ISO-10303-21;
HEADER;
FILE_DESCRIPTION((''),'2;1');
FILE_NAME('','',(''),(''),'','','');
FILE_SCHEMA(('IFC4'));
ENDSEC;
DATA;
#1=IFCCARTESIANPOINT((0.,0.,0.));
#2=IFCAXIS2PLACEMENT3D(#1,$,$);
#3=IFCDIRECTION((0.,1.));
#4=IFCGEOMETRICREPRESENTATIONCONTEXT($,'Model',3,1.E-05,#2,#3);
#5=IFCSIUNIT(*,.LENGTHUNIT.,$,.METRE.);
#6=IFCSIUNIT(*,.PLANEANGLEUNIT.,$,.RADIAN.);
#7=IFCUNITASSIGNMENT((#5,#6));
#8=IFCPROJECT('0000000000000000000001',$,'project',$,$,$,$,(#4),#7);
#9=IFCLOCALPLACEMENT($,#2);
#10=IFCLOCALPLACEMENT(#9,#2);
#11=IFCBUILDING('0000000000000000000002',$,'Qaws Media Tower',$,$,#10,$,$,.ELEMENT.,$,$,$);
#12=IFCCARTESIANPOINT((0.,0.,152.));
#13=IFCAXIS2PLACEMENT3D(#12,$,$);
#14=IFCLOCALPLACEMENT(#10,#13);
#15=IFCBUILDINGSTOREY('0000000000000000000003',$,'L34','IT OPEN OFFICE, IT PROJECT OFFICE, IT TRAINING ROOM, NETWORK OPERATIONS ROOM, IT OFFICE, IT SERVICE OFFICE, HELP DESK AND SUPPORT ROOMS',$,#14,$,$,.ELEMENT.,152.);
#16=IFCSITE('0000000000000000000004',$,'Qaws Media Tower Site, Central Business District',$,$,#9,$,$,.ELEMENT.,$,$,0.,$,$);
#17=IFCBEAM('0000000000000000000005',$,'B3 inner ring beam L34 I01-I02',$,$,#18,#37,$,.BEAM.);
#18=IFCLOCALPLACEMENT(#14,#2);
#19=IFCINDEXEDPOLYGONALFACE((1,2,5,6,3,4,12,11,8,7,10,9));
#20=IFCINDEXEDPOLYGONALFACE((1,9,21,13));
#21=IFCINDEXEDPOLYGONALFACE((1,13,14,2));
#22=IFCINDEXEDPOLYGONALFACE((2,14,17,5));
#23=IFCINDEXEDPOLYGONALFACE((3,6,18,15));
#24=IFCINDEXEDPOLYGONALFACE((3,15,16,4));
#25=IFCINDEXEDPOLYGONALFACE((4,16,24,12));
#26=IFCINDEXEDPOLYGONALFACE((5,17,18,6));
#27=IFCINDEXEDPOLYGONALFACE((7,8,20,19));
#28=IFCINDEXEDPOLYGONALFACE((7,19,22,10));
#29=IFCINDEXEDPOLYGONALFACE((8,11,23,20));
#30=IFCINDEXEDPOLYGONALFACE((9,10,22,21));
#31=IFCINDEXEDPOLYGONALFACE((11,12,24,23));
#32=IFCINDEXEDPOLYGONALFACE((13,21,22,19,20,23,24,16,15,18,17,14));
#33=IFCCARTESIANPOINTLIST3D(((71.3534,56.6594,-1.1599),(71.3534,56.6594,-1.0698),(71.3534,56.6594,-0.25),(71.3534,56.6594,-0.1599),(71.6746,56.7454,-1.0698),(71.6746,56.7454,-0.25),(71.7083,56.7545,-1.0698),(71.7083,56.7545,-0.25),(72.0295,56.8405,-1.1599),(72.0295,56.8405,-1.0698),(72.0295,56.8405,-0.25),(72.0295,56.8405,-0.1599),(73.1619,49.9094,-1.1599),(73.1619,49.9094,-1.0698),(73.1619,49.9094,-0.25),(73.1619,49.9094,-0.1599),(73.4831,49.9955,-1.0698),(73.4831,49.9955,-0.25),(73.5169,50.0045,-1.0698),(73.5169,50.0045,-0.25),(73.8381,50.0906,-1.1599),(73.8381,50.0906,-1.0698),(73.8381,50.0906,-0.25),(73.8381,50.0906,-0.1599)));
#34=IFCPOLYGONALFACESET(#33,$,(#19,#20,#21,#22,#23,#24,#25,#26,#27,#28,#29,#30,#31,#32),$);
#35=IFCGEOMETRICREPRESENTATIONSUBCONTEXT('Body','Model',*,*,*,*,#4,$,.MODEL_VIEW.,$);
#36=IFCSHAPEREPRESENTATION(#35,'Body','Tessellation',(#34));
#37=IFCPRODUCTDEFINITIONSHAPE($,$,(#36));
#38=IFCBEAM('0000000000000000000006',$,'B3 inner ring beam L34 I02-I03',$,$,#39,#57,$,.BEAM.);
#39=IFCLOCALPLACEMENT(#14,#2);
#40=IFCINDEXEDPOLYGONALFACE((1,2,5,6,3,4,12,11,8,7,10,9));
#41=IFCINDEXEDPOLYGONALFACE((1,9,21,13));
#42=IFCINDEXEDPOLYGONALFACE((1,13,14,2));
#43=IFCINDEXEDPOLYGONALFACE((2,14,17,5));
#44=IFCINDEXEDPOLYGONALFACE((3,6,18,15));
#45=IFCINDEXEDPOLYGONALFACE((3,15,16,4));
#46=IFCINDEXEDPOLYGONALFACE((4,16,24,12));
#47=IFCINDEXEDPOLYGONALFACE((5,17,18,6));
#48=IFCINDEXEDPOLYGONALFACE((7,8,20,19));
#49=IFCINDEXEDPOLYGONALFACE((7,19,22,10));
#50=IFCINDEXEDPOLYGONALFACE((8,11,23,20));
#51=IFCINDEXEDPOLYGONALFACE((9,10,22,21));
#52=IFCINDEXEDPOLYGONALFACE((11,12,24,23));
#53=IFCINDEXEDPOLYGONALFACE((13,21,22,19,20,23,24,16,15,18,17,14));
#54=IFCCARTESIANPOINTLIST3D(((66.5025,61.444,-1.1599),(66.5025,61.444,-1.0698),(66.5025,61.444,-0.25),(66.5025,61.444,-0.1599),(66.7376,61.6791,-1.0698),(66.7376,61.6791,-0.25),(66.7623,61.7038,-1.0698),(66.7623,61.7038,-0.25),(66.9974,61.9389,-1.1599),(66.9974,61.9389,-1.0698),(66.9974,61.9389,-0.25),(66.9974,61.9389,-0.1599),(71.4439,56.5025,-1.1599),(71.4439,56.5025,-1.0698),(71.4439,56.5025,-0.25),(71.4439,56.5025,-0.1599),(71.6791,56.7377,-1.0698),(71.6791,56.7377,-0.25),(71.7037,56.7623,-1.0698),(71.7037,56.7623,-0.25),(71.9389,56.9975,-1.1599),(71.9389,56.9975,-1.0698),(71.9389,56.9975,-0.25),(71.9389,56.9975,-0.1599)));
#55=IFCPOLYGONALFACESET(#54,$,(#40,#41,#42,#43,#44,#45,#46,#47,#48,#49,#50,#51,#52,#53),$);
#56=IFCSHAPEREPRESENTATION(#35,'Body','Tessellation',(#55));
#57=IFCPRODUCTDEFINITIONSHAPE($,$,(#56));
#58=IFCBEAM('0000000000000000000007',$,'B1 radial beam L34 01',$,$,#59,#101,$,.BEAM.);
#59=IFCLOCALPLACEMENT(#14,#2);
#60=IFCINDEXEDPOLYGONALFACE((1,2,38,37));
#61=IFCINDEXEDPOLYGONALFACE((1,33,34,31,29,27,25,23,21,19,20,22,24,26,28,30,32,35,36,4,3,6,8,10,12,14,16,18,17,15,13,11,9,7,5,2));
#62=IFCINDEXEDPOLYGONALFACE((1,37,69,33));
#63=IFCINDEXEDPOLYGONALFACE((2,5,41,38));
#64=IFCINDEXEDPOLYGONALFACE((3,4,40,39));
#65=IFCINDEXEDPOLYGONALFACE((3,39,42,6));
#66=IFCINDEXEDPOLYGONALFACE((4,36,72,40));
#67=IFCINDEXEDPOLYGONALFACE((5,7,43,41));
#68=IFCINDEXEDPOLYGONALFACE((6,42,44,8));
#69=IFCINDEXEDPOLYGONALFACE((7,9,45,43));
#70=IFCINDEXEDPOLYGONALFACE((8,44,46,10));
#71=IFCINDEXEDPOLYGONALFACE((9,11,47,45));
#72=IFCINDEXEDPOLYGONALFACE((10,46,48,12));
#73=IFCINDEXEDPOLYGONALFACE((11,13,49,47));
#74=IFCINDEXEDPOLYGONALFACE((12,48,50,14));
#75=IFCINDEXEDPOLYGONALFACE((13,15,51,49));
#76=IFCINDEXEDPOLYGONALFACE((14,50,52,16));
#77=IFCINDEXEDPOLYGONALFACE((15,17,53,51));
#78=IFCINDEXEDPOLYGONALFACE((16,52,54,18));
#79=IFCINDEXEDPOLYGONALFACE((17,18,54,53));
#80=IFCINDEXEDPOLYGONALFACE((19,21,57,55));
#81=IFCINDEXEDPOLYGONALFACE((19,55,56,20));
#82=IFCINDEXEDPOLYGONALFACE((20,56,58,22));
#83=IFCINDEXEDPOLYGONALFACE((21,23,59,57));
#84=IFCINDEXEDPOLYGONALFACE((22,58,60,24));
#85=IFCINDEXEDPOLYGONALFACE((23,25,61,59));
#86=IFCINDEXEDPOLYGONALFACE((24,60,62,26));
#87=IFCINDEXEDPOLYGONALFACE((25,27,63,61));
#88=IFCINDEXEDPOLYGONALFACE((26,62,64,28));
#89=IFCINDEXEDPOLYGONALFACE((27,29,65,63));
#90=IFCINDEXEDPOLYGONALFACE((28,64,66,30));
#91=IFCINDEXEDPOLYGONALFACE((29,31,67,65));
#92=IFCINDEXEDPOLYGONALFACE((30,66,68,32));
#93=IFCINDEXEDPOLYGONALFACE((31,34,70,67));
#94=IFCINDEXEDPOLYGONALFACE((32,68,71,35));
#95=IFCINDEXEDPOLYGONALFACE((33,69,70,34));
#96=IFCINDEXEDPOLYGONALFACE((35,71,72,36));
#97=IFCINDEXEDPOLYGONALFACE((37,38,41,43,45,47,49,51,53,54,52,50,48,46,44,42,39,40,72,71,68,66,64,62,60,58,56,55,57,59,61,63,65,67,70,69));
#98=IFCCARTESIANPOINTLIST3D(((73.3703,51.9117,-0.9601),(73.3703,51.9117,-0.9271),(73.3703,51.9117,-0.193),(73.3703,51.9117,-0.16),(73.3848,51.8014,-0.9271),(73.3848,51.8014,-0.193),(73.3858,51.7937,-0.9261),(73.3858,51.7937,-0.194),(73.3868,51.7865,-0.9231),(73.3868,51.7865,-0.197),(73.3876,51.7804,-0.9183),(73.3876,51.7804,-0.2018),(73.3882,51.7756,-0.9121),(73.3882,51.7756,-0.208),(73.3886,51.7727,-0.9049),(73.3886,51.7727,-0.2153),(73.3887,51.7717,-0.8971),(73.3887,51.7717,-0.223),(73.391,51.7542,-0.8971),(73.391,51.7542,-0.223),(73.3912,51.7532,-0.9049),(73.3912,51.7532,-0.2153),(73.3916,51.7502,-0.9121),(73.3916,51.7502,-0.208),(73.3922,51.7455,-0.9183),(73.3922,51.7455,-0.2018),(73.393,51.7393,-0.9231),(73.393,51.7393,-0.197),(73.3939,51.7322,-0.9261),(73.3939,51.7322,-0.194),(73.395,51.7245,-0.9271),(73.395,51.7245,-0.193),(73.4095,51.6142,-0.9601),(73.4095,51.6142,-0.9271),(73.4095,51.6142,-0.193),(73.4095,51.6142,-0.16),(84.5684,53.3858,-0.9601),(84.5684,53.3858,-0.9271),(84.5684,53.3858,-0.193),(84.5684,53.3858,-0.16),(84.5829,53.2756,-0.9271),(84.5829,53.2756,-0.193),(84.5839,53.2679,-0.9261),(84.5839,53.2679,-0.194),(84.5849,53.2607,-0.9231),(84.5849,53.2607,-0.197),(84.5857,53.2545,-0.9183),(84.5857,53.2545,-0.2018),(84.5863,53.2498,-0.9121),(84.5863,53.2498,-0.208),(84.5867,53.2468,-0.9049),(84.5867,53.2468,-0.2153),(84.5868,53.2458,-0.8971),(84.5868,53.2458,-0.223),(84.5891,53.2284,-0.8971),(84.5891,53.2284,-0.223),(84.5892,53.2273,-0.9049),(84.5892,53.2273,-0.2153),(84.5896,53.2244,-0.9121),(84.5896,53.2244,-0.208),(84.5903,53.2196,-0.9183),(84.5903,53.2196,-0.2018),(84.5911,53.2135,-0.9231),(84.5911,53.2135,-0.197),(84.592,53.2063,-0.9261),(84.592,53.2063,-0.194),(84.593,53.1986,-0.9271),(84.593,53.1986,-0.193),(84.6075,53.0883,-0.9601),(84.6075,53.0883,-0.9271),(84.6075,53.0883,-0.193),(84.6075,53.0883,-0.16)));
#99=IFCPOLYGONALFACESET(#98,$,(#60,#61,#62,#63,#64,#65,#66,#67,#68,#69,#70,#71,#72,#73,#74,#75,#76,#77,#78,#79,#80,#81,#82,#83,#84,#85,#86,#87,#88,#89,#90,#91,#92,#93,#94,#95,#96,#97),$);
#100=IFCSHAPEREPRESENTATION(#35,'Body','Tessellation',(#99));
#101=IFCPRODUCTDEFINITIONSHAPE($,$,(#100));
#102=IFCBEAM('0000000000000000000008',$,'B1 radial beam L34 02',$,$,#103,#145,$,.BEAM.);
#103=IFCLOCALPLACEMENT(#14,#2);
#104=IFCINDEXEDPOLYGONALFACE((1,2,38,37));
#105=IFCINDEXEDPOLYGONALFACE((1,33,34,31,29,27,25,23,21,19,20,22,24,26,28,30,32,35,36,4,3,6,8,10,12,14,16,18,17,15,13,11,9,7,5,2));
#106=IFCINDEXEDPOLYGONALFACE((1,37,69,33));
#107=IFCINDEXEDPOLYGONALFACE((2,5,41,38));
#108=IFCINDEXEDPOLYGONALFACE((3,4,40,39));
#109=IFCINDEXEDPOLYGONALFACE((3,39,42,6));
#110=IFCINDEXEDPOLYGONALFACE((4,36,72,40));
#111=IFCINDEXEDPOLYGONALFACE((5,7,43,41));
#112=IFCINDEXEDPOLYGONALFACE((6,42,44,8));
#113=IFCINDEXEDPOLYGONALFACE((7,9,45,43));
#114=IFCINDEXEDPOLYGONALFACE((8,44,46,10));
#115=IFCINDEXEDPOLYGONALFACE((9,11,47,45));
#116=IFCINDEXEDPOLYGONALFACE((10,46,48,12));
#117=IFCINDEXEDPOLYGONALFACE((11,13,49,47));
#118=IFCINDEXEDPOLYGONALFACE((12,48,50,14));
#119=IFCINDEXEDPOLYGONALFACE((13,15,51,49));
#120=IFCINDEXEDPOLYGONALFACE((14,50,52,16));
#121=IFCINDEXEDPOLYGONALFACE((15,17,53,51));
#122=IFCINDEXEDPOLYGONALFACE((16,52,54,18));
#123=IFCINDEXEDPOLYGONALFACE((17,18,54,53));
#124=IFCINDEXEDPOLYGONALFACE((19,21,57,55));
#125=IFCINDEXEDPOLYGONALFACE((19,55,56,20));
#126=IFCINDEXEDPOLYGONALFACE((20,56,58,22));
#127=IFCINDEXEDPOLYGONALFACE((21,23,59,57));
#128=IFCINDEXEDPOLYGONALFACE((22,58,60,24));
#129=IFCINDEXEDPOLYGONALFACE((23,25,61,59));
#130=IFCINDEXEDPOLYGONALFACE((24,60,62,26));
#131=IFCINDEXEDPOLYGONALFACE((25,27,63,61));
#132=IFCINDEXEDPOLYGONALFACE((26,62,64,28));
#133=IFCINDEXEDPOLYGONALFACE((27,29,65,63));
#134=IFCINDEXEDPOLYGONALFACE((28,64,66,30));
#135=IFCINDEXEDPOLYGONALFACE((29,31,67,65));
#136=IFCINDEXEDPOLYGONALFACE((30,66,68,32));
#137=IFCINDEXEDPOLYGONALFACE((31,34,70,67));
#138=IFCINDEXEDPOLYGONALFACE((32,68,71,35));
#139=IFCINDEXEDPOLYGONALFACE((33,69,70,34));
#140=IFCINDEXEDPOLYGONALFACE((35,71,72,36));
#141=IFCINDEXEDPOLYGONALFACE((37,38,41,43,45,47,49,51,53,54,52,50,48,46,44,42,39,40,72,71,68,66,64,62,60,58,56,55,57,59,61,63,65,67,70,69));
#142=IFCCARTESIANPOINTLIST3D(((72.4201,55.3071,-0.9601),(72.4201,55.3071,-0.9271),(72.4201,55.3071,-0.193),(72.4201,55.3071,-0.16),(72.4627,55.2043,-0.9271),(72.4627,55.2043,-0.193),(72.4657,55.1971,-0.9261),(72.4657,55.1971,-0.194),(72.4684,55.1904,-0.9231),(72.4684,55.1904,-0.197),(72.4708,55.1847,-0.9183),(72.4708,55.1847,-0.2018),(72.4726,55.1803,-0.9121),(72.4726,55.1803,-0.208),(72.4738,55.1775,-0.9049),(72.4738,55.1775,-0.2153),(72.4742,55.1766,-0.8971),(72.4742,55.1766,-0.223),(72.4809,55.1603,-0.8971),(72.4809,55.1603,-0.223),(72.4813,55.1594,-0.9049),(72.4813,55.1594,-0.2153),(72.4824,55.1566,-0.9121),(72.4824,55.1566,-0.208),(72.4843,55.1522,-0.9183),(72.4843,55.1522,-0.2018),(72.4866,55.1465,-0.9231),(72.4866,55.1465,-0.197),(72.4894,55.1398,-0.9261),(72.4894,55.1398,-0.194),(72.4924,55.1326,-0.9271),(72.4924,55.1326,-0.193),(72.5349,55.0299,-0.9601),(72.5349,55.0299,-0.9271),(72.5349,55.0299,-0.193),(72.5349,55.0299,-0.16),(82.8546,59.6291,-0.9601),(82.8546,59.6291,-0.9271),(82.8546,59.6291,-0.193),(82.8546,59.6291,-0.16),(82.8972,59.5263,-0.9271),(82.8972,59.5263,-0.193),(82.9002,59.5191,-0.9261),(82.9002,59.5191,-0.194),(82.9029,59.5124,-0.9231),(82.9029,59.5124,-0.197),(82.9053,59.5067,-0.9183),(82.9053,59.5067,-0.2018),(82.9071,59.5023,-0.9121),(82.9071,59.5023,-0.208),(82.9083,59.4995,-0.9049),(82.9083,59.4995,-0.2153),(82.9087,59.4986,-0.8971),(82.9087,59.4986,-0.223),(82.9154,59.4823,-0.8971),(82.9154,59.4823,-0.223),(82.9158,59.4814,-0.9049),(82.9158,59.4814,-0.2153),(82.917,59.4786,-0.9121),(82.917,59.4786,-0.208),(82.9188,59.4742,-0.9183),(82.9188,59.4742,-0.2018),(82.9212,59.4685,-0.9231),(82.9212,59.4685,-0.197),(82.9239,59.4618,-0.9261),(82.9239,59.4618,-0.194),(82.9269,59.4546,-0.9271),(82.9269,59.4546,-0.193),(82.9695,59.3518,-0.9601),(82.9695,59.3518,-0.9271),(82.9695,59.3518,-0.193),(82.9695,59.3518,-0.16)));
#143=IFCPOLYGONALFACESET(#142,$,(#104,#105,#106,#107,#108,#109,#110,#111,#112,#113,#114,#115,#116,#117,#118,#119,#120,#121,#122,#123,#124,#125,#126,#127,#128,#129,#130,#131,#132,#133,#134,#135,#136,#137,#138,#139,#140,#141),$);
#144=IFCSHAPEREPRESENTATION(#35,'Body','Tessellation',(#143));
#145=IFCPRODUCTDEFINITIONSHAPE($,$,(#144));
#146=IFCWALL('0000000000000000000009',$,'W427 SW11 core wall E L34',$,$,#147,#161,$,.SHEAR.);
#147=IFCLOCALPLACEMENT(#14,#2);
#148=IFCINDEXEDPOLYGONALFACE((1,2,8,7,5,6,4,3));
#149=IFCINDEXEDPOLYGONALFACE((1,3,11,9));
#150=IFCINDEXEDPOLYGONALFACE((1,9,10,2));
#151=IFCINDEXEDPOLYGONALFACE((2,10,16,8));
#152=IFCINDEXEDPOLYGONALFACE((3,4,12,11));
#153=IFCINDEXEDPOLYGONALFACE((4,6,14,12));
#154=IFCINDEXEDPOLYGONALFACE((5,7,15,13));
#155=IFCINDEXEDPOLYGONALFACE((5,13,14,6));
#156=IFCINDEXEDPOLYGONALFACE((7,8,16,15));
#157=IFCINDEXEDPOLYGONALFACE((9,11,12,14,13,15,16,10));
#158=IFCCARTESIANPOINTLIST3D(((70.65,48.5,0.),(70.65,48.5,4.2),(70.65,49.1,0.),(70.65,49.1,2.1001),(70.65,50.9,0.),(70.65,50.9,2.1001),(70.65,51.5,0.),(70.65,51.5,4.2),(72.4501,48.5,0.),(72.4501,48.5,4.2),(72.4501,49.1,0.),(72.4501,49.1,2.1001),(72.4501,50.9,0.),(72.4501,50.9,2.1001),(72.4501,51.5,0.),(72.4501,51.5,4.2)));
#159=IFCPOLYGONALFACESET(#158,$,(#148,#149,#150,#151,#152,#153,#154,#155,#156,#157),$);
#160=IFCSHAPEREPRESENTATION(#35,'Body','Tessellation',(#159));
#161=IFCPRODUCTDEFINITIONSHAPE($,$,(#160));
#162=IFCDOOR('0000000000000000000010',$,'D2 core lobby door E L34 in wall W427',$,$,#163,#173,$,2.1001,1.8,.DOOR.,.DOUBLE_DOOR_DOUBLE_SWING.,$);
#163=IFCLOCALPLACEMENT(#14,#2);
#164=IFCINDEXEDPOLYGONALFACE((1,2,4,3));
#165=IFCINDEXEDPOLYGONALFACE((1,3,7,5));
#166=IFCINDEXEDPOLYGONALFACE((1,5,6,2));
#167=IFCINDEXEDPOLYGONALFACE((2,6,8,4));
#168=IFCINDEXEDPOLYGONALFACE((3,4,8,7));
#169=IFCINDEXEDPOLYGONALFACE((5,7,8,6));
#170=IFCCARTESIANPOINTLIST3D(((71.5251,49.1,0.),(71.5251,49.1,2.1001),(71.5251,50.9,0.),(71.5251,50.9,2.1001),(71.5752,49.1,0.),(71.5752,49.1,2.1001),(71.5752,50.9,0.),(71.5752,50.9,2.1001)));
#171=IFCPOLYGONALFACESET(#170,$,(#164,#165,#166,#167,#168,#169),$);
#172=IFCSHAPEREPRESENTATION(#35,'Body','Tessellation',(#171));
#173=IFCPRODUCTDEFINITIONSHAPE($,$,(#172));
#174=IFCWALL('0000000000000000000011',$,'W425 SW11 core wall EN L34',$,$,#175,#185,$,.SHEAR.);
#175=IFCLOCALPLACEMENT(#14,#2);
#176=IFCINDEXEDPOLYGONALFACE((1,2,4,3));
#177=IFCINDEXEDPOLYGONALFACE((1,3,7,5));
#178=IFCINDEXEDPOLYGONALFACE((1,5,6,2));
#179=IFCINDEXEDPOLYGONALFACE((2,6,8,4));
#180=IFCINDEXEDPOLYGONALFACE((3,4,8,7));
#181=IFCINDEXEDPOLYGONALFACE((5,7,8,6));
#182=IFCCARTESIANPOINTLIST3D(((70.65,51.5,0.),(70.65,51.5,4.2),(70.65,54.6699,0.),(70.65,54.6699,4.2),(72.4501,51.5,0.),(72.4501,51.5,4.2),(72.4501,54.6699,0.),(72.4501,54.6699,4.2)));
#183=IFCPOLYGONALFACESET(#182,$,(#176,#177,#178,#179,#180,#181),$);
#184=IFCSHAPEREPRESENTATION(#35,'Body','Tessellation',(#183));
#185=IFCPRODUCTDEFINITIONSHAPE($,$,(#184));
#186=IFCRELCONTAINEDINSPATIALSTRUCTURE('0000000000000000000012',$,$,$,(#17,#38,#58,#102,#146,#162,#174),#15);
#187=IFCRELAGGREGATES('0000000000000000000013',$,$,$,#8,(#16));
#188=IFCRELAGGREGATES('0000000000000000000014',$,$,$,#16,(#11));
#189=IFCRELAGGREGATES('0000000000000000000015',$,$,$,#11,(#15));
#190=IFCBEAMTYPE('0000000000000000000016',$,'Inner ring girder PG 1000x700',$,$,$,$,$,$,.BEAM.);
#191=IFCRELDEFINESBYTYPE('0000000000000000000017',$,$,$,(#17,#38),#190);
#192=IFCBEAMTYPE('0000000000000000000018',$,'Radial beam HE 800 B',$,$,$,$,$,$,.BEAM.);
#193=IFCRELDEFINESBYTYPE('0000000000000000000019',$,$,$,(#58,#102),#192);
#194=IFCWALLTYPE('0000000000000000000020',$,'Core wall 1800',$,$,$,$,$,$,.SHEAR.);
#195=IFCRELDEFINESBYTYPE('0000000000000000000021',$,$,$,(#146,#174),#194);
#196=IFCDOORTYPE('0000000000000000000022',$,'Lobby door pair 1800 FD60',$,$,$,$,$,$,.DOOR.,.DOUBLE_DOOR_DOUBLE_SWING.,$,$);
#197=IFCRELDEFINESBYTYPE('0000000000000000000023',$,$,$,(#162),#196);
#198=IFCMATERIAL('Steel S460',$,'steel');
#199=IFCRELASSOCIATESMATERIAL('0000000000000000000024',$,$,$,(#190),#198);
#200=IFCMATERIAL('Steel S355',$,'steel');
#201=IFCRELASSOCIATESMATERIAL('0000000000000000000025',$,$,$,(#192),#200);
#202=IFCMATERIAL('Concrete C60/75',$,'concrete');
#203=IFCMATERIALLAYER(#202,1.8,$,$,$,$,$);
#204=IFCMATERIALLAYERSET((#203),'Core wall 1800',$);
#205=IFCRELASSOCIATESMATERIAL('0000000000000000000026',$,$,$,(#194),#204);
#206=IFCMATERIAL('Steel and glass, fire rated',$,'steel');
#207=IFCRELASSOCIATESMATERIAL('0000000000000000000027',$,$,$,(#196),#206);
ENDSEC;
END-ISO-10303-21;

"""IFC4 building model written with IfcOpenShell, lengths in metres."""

from ifc_helpers import new_model, si_unit, direction, frame, frame_2d, origin, origin_2d, place, context, subcontext, project, spatial, rectangle, i_section, extrude, material, layer, layer_set, material_profile, profile_set, type_object, element, fill, save


model = new_model("IFC4")

# Units and contexts
model_context = context("Model", 3, precision=1e-05, world=origin(), true_north=direction((0.0, 1.0)))
body_context = subcontext(model_context, "Body", "Model", "MODEL_VIEW")
ifc_project = project(units=[si_unit("LENGTHUNIT", "METRE"), si_unit("PLANEANGLEUNIT", "RADIAN")], contexts=[model_context])

# Site, building, storey
site_placement = place(None, origin())
site = spatial("IfcSite", under=ifc_project, at=site_placement, Name="Qaws Media Tower Site, Central Business District", CompositionType="ELEMENT", RefElevation=0.0)
building_placement = place(site_placement, origin())
building = spatial("IfcBuilding", under=site, at=building_placement, Name="Qaws Media Tower", CompositionType="ELEMENT")
storey_placement = place(building_placement, frame((0.0, 0.0, 152.0)))
storey = spatial("IfcBuildingStorey", under=building, at=storey_placement, Name="L34", Description="IT OPEN OFFICE, IT PROJECT OFFICE, IT TRAINING ROOM, NETWORK OPERATIONS ROOM, IT OFFICE, IT SERVICE OFFICE, HELP DESK AND SUPPORT ROOMS", CompositionType="ELEMENT", Elevation=152.0)

# Beams
ifc_material_1 = material(Name="Steel S460", Category="steel")
ifc_material_profile_1 = material_profile(ifc_material_1, i_section(OverallWidth=0.7, OverallDepth=1.0, WebThickness=0.0349, FlangeThickness=0.0901, at=origin_2d()), Name="PG 1000x700")
ifc_profile_set_1 = profile_set([ifc_material_profile_1], Name="Steel S460")
beam_type_1 = type_object("IfcBeamType", Name="Inner ring girder PG 1000x700", PredefinedType="BEAM", material=ifc_profile_set_1)
beam_1_placement = place(storey_placement, frame((73.5, 50.0, -0.6599), z_axis=(-0.258811, 0.965928, 0.0), x_axis=(-0.965928, -0.258811, 0.0)))
element("IfcBeam", 1, at=beam_1_placement, inside=storey, type_object=beam_type_1, Name="B3 inner ring beam L34 I01-I02", PredefinedType="BEAM", context=body_context, shape_type="SweptSolid", body=[
    extrude(i_section(OverallWidth=0.7, OverallDepth=1.0, WebThickness=0.0349, FlangeThickness=0.0901, at=origin_2d()), origin(), (0.0, 0.0, 1.0), 6.988),
])
beam_2_placement = place(storey_placement, frame((71.6914, 56.75, -0.6599), z_axis=(-0.707107, 0.707107, 0.0), x_axis=(-0.707107, -0.707107, 0.0)))
element("IfcBeam", 2, at=beam_2_placement, inside=storey, type_object=beam_type_1, Name="B3 inner ring beam L34 I02-I03", PredefinedType="BEAM", context=body_context, shape_type="SweptSolid", body=[
    extrude(i_section(OverallWidth=0.7, OverallDepth=1.0, WebThickness=0.0349, FlangeThickness=0.0901, at=origin_2d()), origin(), (0.0, 0.0, 1.0), 6.9883),
])
ifc_material_2 = material(Name="Steel S355", Category="steel")
ifc_material_profile_2 = material_profile(ifc_material_2, i_section(OverallWidth=0.3, OverallDepth=0.8, WebThickness=0.0176, FlangeThickness=0.033, FilletRadius=0.03, at=origin_2d()), Name="HE 800 B")
ifc_profile_set_2 = profile_set([ifc_material_profile_2], Name="Steel S355")
beam_type_2 = type_object("IfcBeamType", Name="Radial beam HE 800 B", PredefinedType="BEAM", material=ifc_profile_set_2)
beam_3_placement = place(storey_placement, frame((73.3899, 51.7629, -0.5601), z_axis=(0.991446, 0.130515, 0.0), x_axis=(-0.130515, 0.991446, 0.0)))
element("IfcBeam", 3, at=beam_3_placement, inside=storey, type_object=beam_type_2, Name="B1 radial beam L34 01", PredefinedType="BEAM", context=body_context, shape_type="SweptSolid", body=[
    extrude(i_section(OverallWidth=0.3, OverallDepth=0.8, WebThickness=0.0176, FlangeThickness=0.033, FilletRadius=0.03, at=origin_2d()), origin(), (0.0, 0.0, 1.0), 11.2947),
])
beam_4_placement = place(storey_placement, frame((72.4775, 55.1685, -0.5601), z_axis=(0.923883, 0.382674, 0.0), x_axis=(-0.382674, 0.923883, 0.0)))
element("IfcBeam", 4, at=beam_4_placement, inside=storey, type_object=beam_type_2, Name="B1 radial beam L34 02", PredefinedType="BEAM", context=body_context, shape_type="SweptSolid", body=[
    extrude(i_section(OverallWidth=0.3, OverallDepth=0.8, WebThickness=0.0176, FlangeThickness=0.033, FilletRadius=0.03, at=origin_2d()), origin(), (0.0, 0.0, 1.0), 11.2942),
])

# Wall, opening, door
ifc_material_3 = material(Name="Concrete C60/75", Category="concrete")
ifc_layer_1 = layer(ifc_material_3, 1.8)
ifc_layer_set_1 = layer_set([ifc_layer_1], Name="Core wall 1800")
wall_type_1 = type_object("IfcWallType", Name="Core wall 1800", PredefinedType="SHEAR", material=ifc_layer_set_1)
wall_1_placement = place(storey_placement, frame((71.55, 48.5, 0.0), z_axis=(0.0, 0.0, 1.0), x_axis=(0.0, 1.0, 0.0)))
wall_1 = element("IfcWall", 5, at=wall_1_placement, inside=storey, type_object=wall_type_1, Name="W427 SW11 core wall E L34", PredefinedType="SHEAR", context=body_context, shape_type="SweptSolid", body=[
    extrude(rectangle(XDim=3.0, YDim=1.8, at=frame_2d((1.5, 0.0))), origin(), (0.0, 0.0, 1.0), 4.2),
])
opening_1_placement = place(wall_1_placement, frame((0.6001, 0.0, 0.0)))
opening_1 = element("IfcOpeningElement", 6, at=opening_1_placement, cuts=wall_1, PredefinedType="OPENING", context=body_context, shape_type="SweptSolid", body=[
    extrude(rectangle(XDim=1.8, YDim=2.1001, at=frame_2d((0.8999, 1.05))), frame((0.0, 0.9099, 0.0), z_axis=(0.0, -1.0, 0.0), x_axis=(1.0, 0.0, 0.0)), (0.0, 0.0, 1.0), 1.8201),
])
ifc_material_4 = material(Name="Steel and glass, fire rated", Category="steel")
door_type_1 = type_object("IfcDoorType", Name="Lobby door pair 1800 FD60", OperationType="DOUBLE_DOOR_DOUBLE_SWING", PredefinedType="DOOR", material=ifc_material_4)
door_1_placement = place(opening_1_placement, origin())
door_1 = element("IfcDoor", 7, at=door_1_placement, inside=storey, type_object=door_type_1, Name="D2 core lobby door E L34 in wall W427", OperationType="DOUBLE_DOOR_DOUBLE_SWING", OverallHeight=2.1001, OverallWidth=1.8, PredefinedType="DOOR", context=body_context, shape_type="SweptSolid", body=[
    extrude(rectangle(XDim=1.8, YDim=2.1001, at=frame_2d((0.8999, 1.05))), frame((0.0, 0.0249, 0.0), z_axis=(0.0, -1.0, 0.0), x_axis=(1.0, 0.0, 0.0)), (0.0, 0.0, 1.0), 0.05),
])
fill(opening_1, door_1)

# Wall
wall_2_placement = place(storey_placement, frame((71.55, 51.5, 0.0), z_axis=(0.0, 0.0, 1.0), x_axis=(0.0, 1.0, 0.0)))
element("IfcWall", 8, at=wall_2_placement, inside=storey, type_object=wall_type_1, Name="W425 SW11 core wall EN L34", PredefinedType="SHEAR", context=body_context, shape_type="SweptSolid", body=[
    extrude(rectangle(XDim=3.1699, YDim=1.8, at=frame_2d((1.585, 0.0))), origin(), (0.0, 0.0, 1.0), 4.2),
])

save(model, "model.ifc")
